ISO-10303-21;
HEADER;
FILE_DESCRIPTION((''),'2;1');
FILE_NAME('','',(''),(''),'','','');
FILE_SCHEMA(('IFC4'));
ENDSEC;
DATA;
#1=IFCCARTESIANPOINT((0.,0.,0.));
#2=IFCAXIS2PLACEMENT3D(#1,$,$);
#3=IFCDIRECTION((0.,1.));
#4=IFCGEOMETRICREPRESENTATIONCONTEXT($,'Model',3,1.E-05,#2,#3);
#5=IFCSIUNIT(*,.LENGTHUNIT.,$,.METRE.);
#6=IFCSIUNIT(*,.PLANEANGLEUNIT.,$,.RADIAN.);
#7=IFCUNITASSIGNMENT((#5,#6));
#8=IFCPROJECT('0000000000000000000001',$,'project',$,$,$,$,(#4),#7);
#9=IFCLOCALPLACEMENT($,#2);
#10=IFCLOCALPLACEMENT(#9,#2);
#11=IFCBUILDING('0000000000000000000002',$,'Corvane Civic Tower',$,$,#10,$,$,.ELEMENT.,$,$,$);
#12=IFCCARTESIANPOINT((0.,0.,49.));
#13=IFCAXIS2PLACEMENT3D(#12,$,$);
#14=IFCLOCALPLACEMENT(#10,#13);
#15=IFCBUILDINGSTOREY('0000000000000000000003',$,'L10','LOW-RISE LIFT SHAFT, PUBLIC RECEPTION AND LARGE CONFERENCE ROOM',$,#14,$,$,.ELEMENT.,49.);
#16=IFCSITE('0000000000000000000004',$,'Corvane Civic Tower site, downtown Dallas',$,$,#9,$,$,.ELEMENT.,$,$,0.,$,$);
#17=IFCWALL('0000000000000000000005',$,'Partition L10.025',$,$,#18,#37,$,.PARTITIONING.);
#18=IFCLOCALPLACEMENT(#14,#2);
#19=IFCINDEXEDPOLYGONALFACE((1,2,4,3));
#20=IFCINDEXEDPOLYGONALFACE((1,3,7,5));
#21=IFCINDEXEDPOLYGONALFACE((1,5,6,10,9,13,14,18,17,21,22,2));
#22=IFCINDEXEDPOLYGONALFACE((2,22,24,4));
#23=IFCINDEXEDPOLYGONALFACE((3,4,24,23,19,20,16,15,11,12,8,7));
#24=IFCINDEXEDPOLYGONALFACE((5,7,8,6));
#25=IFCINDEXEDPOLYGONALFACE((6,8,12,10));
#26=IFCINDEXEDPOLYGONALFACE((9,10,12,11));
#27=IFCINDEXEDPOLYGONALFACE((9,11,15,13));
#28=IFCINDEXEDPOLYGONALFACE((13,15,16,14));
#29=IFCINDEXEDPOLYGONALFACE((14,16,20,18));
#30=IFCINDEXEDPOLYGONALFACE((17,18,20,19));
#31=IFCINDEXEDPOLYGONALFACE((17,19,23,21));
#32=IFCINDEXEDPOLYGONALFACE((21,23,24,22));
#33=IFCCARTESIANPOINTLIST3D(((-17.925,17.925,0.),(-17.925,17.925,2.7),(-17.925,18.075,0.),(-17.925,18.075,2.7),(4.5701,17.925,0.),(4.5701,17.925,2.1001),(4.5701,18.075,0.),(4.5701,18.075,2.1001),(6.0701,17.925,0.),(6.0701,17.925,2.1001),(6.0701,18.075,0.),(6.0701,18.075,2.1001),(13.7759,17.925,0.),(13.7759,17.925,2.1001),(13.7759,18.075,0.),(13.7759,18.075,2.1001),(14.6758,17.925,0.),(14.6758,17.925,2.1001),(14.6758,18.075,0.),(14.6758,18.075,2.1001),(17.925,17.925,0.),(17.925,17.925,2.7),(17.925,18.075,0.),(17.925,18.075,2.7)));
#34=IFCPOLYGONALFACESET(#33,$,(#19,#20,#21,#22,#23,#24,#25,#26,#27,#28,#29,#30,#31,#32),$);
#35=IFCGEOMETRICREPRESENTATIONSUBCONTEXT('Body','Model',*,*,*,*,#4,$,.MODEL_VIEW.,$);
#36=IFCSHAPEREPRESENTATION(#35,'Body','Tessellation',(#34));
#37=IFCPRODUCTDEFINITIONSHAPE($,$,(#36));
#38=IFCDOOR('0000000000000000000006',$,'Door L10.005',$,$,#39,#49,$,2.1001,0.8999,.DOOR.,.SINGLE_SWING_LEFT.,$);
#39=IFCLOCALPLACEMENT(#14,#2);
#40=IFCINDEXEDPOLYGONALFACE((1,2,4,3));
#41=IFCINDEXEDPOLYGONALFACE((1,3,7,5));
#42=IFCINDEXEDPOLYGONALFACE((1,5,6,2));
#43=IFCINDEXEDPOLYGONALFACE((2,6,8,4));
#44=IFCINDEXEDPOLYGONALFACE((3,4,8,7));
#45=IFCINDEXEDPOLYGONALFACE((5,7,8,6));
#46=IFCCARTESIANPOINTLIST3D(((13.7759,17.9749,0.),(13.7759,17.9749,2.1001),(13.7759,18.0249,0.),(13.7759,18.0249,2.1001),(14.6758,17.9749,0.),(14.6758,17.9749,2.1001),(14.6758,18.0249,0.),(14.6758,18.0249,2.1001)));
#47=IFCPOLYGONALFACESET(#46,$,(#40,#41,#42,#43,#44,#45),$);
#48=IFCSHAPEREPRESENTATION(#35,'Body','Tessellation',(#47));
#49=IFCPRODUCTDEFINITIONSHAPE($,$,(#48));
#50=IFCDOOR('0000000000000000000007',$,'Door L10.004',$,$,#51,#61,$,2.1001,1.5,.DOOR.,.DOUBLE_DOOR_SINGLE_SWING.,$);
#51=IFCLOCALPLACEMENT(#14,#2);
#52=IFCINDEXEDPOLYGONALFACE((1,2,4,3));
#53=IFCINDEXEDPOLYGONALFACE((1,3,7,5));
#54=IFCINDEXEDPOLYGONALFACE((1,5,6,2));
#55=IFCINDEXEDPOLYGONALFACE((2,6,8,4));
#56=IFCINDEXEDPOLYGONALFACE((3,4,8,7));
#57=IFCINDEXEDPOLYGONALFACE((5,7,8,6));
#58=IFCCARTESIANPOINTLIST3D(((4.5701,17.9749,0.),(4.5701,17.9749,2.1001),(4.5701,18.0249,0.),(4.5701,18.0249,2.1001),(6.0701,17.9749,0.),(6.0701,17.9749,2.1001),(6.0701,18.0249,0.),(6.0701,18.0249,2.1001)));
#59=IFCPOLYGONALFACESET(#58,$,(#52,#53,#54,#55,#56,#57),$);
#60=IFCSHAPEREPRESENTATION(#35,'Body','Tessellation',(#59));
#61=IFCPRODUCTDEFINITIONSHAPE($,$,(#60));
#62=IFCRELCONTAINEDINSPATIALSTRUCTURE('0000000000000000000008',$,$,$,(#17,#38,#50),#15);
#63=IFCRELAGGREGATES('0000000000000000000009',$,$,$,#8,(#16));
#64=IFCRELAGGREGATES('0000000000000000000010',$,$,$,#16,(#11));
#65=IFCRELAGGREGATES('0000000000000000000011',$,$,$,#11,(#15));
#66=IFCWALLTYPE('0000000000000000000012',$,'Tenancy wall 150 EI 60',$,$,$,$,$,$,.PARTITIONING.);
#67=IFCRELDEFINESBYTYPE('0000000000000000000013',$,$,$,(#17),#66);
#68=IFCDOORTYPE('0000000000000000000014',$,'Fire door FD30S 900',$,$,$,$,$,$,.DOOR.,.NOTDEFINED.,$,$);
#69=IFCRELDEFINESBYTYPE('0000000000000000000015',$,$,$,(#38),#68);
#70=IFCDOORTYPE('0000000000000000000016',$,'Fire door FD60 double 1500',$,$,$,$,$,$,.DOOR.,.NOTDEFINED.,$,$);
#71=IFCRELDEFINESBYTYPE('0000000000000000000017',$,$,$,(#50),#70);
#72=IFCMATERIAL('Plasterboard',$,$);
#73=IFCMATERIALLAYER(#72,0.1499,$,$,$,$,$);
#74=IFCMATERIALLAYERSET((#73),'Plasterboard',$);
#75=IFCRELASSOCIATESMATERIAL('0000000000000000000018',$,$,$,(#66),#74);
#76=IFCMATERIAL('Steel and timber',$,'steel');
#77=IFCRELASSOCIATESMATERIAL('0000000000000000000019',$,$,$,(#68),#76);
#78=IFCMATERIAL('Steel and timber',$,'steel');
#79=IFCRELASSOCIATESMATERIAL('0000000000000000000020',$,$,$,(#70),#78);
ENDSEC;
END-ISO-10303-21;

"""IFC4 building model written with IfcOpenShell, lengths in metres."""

from ifc_helpers import new_model, si_unit, direction, frame, frame_2d, origin, place, context, subcontext, project, spatial, rectangle, extrude, material, layer, layer_set, type_object, element, fill, save


model = new_model("IFC4")

# Units and contexts
model_context = context("Model", 3, precision=1e-05, world=origin(), true_north=direction((0.0, 1.0)))
body_context = subcontext(model_context, "Body", "Model", "MODEL_VIEW")
ifc_project = project(units=[si_unit("LENGTHUNIT", "METRE"), si_unit("PLANEANGLEUNIT", "RADIAN")], contexts=[model_context])

# Site, building, storey
site_placement = place(None, origin())
site = spatial("IfcSite", under=ifc_project, at=site_placement, Name="Corvane Civic Tower site, downtown Dallas", CompositionType="ELEMENT", RefElevation=0.0)
building_placement = place(site_placement, origin())
building = spatial("IfcBuilding", under=site, at=building_placement, Name="Corvane Civic Tower", CompositionType="ELEMENT")
storey_placement = place(building_placement, frame((0.0, 0.0, 49.0)))
storey = spatial("IfcBuildingStorey", under=building, at=storey_placement, Name="L10", Description="LOW-RISE LIFT SHAFT, PUBLIC RECEPTION AND LARGE CONFERENCE ROOM", CompositionType="ELEMENT", Elevation=49.0)

# Wall, openings, doors
ifc_material_1 = material(Name="Plasterboard")
ifc_layer_1 = layer(ifc_material_1, 0.1499)
ifc_layer_set_1 = layer_set([ifc_layer_1], Name="Plasterboard")
wall_type_1 = type_object("IfcWallType", Name="Tenancy wall 150 EI 60", PredefinedType="PARTITIONING", material=ifc_layer_set_1)
wall_1_placement = place(storey_placement, frame((-17.925, 18.0, 0.0), z_axis=(0.0, 0.0, 1.0), x_axis=(1.0, 0.0, 0.0)))
wall_1 = element("IfcWall", 1, at=wall_1_placement, inside=storey, type_object=wall_type_1, Name="Partition L10.025", PredefinedType="PARTITIONING", context=body_context, shape_type="SweptSolid", body=[
    extrude(rectangle(XDim=35.8501, YDim=0.1499, at=frame_2d((17.925, 0.0))), origin(), (0.0, 0.0, 1.0), 2.7),
])
opening_1_placement = place(wall_1_placement, frame((22.4951, 0.0, 0.0)))
opening_1 = element("IfcOpeningElement", 2, at=opening_1_placement, cuts=wall_1, PredefinedType="OPENING", context=body_context, shape_type="SweptSolid", body=[
    extrude(rectangle(XDim=1.5, YDim=2.1001, at=frame_2d((0.75, 1.05))), frame((0.0, 0.085, 0.0), z_axis=(0.0, -1.0, 0.0), x_axis=(1.0, 0.0, 0.0)), (0.0, 0.0, 1.0), 0.1699),
])
opening_2_placement = place(wall_1_placement, frame((31.7009, 0.0, 0.0)))
opening_2 = element("IfcOpeningElement", 3, at=opening_2_placement, cuts=wall_1, PredefinedType="OPENING", context=body_context, shape_type="SweptSolid", body=[
    extrude(rectangle(XDim=0.8999, YDim=2.1001, at=frame_2d((0.45, 1.05))), frame((0.0, 0.085, 0.0), z_axis=(0.0, -1.0, 0.0), x_axis=(1.0, 0.0, 0.0)), (0.0, 0.0, 1.0), 0.1699),
])
ifc_material_2 = material(Name="Steel and timber", Category="steel")
door_type_1 = type_object("IfcDoorType", Name="Fire door FD30S 900", OperationType="NOTDEFINED", PredefinedType="DOOR", material=ifc_material_2)
door_1_placement = place(opening_2_placement, origin())
door_1 = element("IfcDoor", 4, at=door_1_placement, inside=storey, type_object=door_type_1, Name="Door L10.005", OperationType="SINGLE_SWING_LEFT", OverallHeight=2.1001, OverallWidth=0.8999, PredefinedType="DOOR", context=body_context, shape_type="SweptSolid", body=[
    extrude(rectangle(XDim=0.8999, YDim=2.1001, at=frame_2d((0.45, 1.05))), frame((0.0, 0.0249, 0.0), z_axis=(0.0, -1.0, 0.0), x_axis=(1.0, 0.0, 0.0)), (0.0, 0.0, 1.0), 0.05),
])
fill(opening_2, door_1)
ifc_material_3 = material(Name="Steel and timber", Category="steel")
door_type_2 = type_object("IfcDoorType", Name="Fire door FD60 double 1500", OperationType="NOTDEFINED", PredefinedType="DOOR", material=ifc_material_3)
door_2_placement = place(opening_1_placement, origin())
door_2 = element("IfcDoor", 5, at=door_2_placement, inside=storey, type_object=door_type_2, Name="Door L10.004", OperationType="DOUBLE_DOOR_SINGLE_SWING", OverallHeight=2.1001, OverallWidth=1.5, PredefinedType="DOOR", context=body_context, shape_type="SweptSolid", body=[
    extrude(rectangle(XDim=1.5, YDim=2.1001, at=frame_2d((0.75, 1.05))), frame((0.0, 0.0249, 0.0), z_axis=(0.0, -1.0, 0.0), x_axis=(1.0, 0.0, 0.0)), (0.0, 0.0, 1.0), 0.05),
])
fill(opening_1, door_2)

save(model, "model.ifc")
